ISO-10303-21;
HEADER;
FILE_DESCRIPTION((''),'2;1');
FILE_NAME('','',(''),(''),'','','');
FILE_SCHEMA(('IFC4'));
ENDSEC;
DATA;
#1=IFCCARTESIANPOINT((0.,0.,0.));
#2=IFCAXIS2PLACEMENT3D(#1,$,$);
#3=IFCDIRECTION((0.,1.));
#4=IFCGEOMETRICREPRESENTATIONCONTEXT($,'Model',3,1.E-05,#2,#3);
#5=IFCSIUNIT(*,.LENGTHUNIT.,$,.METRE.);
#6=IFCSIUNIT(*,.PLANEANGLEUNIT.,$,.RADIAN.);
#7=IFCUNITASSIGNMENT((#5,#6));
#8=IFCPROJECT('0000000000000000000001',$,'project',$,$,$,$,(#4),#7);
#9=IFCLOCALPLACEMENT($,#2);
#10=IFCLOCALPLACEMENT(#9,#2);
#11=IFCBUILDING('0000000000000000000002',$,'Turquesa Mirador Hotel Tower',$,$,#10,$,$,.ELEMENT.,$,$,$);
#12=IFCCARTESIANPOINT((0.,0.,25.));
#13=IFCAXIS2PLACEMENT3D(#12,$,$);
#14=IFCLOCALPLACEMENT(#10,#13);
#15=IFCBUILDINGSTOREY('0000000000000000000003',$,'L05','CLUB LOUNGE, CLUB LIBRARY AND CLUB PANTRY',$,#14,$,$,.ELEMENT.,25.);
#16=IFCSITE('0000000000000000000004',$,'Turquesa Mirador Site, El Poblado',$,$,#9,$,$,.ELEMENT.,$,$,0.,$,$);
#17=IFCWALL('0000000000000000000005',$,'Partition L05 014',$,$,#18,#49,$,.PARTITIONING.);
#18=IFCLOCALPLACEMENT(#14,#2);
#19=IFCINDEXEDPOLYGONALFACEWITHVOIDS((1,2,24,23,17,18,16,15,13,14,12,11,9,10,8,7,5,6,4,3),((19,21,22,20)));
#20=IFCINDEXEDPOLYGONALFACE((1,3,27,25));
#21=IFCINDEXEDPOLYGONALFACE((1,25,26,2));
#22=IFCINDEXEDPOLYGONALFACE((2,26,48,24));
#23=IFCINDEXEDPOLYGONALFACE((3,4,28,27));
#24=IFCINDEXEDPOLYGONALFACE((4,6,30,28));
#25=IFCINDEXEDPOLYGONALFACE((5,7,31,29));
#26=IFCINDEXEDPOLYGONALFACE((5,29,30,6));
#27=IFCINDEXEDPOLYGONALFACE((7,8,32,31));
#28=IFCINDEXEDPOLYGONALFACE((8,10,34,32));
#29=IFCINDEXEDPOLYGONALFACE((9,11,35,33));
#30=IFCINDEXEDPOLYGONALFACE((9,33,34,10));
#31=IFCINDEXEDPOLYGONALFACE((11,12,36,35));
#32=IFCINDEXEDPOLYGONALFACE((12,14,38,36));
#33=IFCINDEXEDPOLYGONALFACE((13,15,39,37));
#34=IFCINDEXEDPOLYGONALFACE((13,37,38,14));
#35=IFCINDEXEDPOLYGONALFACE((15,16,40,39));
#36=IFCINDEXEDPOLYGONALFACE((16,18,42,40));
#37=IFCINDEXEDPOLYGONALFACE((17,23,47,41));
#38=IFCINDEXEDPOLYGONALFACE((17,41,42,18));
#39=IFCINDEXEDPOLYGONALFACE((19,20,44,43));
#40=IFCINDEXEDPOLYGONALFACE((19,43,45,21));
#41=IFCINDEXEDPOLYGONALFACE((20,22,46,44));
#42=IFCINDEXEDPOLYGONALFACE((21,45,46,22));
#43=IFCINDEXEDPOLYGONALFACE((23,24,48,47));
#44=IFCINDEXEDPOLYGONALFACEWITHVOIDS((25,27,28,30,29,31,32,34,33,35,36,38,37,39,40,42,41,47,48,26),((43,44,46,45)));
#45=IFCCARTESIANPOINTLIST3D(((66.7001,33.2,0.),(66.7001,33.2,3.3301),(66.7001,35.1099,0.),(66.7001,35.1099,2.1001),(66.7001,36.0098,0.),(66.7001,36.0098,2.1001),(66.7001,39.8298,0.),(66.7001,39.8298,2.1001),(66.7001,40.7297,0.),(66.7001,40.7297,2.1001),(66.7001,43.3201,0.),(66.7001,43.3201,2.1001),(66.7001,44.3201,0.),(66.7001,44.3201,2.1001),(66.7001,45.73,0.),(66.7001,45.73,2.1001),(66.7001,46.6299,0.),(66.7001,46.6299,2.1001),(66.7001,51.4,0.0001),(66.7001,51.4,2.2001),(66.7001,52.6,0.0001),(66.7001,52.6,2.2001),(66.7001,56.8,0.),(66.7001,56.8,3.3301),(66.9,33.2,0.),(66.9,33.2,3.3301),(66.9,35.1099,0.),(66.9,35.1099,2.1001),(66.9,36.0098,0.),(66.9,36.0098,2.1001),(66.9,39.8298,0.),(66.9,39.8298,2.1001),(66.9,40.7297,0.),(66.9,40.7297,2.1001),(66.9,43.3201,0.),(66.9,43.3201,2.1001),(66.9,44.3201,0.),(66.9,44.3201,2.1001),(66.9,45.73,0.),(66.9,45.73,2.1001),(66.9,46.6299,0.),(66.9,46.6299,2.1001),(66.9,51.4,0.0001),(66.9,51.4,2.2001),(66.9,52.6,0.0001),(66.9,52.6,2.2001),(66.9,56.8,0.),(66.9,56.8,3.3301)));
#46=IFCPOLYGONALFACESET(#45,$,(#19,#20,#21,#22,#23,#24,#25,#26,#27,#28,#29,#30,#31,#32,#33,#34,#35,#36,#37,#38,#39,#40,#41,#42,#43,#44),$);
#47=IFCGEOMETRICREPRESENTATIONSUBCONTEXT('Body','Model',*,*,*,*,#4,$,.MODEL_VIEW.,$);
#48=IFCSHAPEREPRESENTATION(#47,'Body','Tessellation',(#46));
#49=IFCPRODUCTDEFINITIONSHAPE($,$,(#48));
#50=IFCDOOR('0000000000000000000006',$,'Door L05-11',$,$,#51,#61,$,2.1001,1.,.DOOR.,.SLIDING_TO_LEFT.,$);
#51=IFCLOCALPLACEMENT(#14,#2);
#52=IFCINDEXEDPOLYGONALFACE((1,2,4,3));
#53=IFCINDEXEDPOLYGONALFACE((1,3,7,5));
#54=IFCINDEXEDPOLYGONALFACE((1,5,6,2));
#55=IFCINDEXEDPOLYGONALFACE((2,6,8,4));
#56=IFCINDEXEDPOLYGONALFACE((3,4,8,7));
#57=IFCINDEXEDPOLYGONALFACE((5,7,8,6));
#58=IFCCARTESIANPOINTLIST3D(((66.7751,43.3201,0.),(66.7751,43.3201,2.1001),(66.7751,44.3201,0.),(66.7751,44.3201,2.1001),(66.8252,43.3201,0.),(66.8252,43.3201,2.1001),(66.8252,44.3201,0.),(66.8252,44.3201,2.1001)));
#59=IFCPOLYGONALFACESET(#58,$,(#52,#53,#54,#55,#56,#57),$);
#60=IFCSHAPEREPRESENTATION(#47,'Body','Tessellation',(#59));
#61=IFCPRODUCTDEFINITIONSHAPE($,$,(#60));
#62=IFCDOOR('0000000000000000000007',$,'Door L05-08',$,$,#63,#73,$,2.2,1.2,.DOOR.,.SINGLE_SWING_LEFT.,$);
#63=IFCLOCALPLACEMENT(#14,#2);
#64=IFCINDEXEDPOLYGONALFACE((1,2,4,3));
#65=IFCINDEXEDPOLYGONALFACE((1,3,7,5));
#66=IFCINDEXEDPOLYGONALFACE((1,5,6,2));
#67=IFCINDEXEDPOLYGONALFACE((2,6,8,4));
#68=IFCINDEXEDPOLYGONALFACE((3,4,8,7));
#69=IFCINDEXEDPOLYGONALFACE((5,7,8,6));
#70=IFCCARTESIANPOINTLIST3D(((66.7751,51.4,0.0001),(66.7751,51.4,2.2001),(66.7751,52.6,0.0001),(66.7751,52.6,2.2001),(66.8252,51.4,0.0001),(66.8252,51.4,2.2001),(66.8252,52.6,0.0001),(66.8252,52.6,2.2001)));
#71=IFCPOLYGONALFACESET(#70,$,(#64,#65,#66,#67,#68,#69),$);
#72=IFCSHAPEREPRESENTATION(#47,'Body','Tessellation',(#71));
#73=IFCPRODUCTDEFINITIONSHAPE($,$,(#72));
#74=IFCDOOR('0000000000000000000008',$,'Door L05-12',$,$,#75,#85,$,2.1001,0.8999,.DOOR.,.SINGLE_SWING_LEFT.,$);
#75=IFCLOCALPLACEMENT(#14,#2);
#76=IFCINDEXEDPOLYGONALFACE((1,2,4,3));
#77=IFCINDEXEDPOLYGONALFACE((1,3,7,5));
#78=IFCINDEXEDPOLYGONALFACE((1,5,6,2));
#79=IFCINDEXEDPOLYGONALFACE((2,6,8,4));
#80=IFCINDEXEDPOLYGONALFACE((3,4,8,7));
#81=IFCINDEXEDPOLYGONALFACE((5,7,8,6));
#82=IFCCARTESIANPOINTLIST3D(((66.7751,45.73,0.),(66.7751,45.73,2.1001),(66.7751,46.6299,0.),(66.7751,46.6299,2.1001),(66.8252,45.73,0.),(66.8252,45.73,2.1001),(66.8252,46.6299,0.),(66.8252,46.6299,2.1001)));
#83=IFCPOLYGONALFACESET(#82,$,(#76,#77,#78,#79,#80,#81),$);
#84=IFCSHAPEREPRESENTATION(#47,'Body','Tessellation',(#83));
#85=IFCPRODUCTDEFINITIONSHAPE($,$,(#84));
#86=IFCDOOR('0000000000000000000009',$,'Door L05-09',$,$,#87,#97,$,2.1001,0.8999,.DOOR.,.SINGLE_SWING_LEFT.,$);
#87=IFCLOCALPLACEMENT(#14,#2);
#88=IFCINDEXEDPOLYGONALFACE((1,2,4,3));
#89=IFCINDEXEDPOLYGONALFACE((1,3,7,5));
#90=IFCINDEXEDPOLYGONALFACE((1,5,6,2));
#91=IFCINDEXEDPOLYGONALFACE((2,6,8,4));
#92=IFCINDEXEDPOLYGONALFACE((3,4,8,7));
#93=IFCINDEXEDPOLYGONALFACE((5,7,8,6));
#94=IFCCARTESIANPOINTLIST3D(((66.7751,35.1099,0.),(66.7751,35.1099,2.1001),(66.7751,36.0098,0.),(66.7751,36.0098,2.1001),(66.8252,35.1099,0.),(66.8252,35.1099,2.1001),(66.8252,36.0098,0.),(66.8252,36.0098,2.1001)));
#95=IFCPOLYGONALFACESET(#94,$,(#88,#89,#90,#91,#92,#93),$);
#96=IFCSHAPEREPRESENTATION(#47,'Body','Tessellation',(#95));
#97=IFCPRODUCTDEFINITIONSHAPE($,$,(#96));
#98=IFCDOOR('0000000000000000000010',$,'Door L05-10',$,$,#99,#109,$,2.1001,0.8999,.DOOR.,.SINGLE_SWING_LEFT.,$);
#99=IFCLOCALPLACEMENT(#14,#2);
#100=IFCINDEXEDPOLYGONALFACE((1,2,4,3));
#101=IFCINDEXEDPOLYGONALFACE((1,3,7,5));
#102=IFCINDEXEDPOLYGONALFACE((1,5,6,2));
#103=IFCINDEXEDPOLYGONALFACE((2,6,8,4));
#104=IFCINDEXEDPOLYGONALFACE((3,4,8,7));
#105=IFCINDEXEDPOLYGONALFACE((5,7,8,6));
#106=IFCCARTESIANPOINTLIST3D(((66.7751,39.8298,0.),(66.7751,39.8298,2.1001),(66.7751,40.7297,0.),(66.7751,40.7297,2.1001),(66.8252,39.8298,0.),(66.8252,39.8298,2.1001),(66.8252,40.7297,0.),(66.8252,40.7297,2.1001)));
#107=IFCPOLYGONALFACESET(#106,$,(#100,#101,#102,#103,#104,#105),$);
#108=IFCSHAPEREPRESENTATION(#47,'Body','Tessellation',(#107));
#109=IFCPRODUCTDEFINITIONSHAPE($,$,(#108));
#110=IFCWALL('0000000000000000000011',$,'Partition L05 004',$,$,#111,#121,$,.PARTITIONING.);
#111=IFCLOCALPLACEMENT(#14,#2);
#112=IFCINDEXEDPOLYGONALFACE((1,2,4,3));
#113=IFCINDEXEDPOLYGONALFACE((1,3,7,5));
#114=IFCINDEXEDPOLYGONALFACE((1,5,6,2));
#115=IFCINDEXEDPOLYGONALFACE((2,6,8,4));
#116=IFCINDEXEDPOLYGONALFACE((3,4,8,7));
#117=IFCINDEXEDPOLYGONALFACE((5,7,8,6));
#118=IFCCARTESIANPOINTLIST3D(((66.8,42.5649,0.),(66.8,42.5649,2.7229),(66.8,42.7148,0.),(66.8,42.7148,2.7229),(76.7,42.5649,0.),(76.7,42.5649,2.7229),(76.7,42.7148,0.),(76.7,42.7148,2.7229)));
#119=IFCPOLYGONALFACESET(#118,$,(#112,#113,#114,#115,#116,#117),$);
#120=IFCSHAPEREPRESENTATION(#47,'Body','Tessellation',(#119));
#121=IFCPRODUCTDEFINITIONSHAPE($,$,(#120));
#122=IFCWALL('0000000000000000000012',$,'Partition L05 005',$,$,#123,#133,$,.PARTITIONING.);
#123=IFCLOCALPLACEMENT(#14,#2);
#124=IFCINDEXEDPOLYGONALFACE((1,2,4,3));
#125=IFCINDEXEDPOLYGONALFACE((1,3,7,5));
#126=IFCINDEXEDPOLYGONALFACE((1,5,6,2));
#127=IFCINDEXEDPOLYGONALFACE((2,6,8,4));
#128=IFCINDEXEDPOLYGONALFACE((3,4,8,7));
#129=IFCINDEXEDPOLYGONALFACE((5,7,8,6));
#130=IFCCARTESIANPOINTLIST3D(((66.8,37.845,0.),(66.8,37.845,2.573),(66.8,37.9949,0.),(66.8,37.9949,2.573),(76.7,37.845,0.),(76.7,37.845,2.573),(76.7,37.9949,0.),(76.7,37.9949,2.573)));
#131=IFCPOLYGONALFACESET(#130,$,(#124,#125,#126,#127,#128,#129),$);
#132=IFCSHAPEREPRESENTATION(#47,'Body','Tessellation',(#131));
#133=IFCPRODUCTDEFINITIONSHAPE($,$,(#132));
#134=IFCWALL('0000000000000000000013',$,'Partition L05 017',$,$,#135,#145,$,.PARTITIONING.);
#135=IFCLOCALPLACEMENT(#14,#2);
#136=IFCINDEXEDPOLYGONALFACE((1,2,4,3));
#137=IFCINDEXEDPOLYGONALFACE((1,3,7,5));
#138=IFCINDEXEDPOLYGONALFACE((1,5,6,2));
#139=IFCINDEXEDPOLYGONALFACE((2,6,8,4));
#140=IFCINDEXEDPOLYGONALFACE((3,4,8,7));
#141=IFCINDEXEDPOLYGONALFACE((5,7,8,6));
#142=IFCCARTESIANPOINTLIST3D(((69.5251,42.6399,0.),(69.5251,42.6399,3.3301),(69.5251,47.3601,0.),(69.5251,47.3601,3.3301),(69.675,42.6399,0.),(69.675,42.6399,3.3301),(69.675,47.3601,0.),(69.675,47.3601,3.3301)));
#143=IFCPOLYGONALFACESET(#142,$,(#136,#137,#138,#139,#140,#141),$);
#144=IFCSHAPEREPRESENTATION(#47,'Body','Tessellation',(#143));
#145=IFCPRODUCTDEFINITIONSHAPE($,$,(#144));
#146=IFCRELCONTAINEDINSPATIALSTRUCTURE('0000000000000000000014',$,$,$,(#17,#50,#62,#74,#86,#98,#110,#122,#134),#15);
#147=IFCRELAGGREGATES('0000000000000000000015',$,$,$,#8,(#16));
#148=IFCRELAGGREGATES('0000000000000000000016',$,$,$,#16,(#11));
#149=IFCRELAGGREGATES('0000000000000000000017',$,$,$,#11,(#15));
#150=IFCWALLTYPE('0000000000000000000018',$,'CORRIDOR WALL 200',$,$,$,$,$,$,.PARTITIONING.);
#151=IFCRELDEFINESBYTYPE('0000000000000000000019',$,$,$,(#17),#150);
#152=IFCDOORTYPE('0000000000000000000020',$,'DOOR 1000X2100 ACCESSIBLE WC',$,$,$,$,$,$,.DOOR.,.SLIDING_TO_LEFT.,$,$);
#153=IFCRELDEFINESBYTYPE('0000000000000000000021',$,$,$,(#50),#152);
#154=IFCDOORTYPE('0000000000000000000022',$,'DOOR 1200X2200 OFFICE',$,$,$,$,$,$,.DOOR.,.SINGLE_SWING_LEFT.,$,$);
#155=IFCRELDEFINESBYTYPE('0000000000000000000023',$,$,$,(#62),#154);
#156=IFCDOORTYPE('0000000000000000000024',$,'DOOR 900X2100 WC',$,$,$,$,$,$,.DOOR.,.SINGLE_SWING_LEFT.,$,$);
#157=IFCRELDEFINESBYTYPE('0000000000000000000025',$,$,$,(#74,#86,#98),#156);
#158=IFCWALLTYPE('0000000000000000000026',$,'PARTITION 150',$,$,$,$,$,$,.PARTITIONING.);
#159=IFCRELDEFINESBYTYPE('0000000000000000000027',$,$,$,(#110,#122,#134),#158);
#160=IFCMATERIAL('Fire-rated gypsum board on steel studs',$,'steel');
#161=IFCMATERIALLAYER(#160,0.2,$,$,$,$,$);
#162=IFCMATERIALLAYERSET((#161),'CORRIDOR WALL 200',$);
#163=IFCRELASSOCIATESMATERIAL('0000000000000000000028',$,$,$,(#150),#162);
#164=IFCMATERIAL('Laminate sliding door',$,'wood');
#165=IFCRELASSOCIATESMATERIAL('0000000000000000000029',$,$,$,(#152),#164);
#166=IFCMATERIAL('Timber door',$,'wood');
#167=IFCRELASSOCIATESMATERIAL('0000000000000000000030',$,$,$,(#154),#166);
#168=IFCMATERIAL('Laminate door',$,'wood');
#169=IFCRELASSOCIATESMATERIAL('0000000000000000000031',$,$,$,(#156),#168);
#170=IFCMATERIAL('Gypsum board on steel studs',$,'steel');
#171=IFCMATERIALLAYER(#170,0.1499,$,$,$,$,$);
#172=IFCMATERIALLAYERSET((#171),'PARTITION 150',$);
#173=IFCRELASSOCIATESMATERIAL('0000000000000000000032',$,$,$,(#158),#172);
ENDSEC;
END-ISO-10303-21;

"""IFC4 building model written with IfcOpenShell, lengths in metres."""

from ifc_helpers import new_model, si_unit, direction, frame, frame_2d, origin, place, context, subcontext, project, spatial, rectangle, extrude, material, layer, layer_set, type_object, element, fill, save


model = new_model("IFC4")

# Units and contexts
model_context = context("Model", 3, precision=1e-05, world=origin(), true_north=direction((0.0, 1.0)))
body_context = subcontext(model_context, "Body", "Model", "MODEL_VIEW")
ifc_project = project(units=[si_unit("LENGTHUNIT", "METRE"), si_unit("PLANEANGLEUNIT", "RADIAN")], contexts=[model_context])

# Site, building, storey
site_placement = place(None, origin())
site = spatial("IfcSite", under=ifc_project, at=site_placement, Name="Turquesa Mirador Site, El Poblado", CompositionType="ELEMENT", RefElevation=0.0)
building_placement = place(site_placement, origin())
building = spatial("IfcBuilding", under=site, at=building_placement, Name="Turquesa Mirador Hotel Tower", CompositionType="ELEMENT")
storey_placement = place(building_placement, frame((0.0, 0.0, 25.0)))
storey = spatial("IfcBuildingStorey", under=building, at=storey_placement, Name="L05", Description="CLUB LOUNGE, CLUB LIBRARY AND CLUB PANTRY", CompositionType="ELEMENT", Elevation=25.0)

# Wall, openings, doors
ifc_material_1 = material(Name="Fire-rated gypsum board on steel studs", Category="steel")
ifc_layer_1 = layer(ifc_material_1, 0.2)
ifc_layer_set_1 = layer_set([ifc_layer_1], Name="CORRIDOR WALL 200")
wall_type_1 = type_object("IfcWallType", Name="CORRIDOR WALL 200", PredefinedType="PARTITIONING", material=ifc_layer_set_1)
wall_1_placement = place(storey_placement, frame((66.8, 33.2, 0.0), z_axis=(0.0, 0.0, 1.0), x_axis=(0.0, 1.0, 0.0)))
wall_1 = element("IfcWall", 1, at=wall_1_placement, inside=storey, type_object=wall_type_1, Name="Partition L05 014", PredefinedType="PARTITIONING", context=body_context, shape_type="SweptSolid", body=[
    extrude(rectangle(XDim=23.6001, YDim=0.2, at=frame_2d((11.8, 0.0))), origin(), (0.0, 0.0, 1.0), 3.3301),
])
opening_1_placement = place(wall_1_placement, frame((18.2, 0.0, 0.0)))
opening_1 = element("IfcOpeningElement", 2, at=opening_1_placement, cuts=wall_1, PredefinedType="OPENING", context=body_context, shape_type="SweptSolid", body=[
    extrude(rectangle(XDim=1.2, YDim=2.2, at=frame_2d((0.6001, 1.1001))), frame((0.0, 0.1099, 0.0), z_axis=(0.0, -1.0, 0.0), x_axis=(1.0, 0.0, 0.0)), (0.0, 0.0, 1.0), 0.22),
])
opening_2_placement = place(wall_1_placement, frame((10.1201, 0.0, 0.0)))
opening_2 = element("IfcOpeningElement", 3, at=opening_2_placement, cuts=wall_1, PredefinedType="OPENING", context=body_context, shape_type="SweptSolid", body=[
    extrude(rectangle(XDim=1.0, YDim=2.1001, at=frame_2d((0.5, 1.05))), frame((0.0, 0.1099, 0.0), z_axis=(0.0, -1.0, 0.0), x_axis=(1.0, 0.0, 0.0)), (0.0, 0.0, 1.0), 0.22),
])
opening_3_placement = place(wall_1_placement, frame((12.53, 0.0, 0.0)))
opening_3 = element("IfcOpeningElement", 4, at=opening_3_placement, cuts=wall_1, PredefinedType="OPENING", context=body_context, shape_type="SweptSolid", body=[
    extrude(rectangle(XDim=0.8999, YDim=2.1001, at=frame_2d((0.45, 1.05))), frame((0.0, 0.1099, 0.0), z_axis=(0.0, -1.0, 0.0), x_axis=(1.0, 0.0, 0.0)), (0.0, 0.0, 1.0), 0.22),
])
opening_4_placement = place(wall_1_placement, frame((1.9099, 0.0, 0.0)))
opening_4 = element("IfcOpeningElement", 5, at=opening_4_placement, cuts=wall_1, PredefinedType="OPENING", context=body_context, shape_type="SweptSolid", body=[
    extrude(rectangle(XDim=0.8999, YDim=2.1001, at=frame_2d((0.45, 1.05))), frame((0.0, 0.1099, 0.0), z_axis=(0.0, -1.0, 0.0), x_axis=(1.0, 0.0, 0.0)), (0.0, 0.0, 1.0), 0.22),
])
opening_5_placement = place(wall_1_placement, frame((6.6299, 0.0, 0.0)))
opening_5 = element("IfcOpeningElement", 6, at=opening_5_placement, cuts=wall_1, PredefinedType="OPENING", context=body_context, shape_type="SweptSolid", body=[
    extrude(rectangle(XDim=0.8999, YDim=2.1001, at=frame_2d((0.45, 1.05))), frame((0.0, 0.1099, 0.0), z_axis=(0.0, -1.0, 0.0), x_axis=(1.0, 0.0, 0.0)), (0.0, 0.0, 1.0), 0.22),
])
ifc_material_2 = material(Name="Laminate sliding door", Category="wood")
door_type_1 = type_object("IfcDoorType", Name="DOOR 1000X2100 ACCESSIBLE WC", OperationType="SLIDING_TO_LEFT", PredefinedType="DOOR", material=ifc_material_2)
door_1_placement = place(opening_2_placement, origin())
door_1 = element("IfcDoor", 7, at=door_1_placement, inside=storey, type_object=door_type_1, Name="Door L05-11", OperationType="SLIDING_TO_LEFT", OverallHeight=2.1001, OverallWidth=1.0, PredefinedType="DOOR", context=body_context, shape_type="SweptSolid", body=[
    extrude(rectangle(XDim=1.0, YDim=2.1001, at=frame_2d((0.5, 1.05))), frame((0.0, 0.0249, 0.0), z_axis=(0.0, -1.0, 0.0), x_axis=(1.0, 0.0, 0.0)), (0.0, 0.0, 1.0), 0.05),
])
fill(opening_2, door_1)
ifc_material_3 = material(Name="Timber door", Category="wood")
door_type_2 = type_object("IfcDoorType", Name="DOOR 1200X2200 OFFICE", OperationType="SINGLE_SWING_LEFT", PredefinedType="DOOR", material=ifc_material_3)
door_2_placement = place(opening_1_placement, origin())
door_2 = element("IfcDoor", 8, at=door_2_placement, inside=storey, type_object=door_type_2, Name="Door L05-08", OperationType="SINGLE_SWING_LEFT", OverallHeight=2.2, OverallWidth=1.2, PredefinedType="DOOR", context=body_context, shape_type="SweptSolid", body=[
    extrude(rectangle(XDim=1.2, YDim=2.2, at=frame_2d((0.6001, 1.1001))), frame((0.0, 0.0249, 0.0), z_axis=(0.0, -1.0, 0.0), x_axis=(1.0, 0.0, 0.0)), (0.0, 0.0, 1.0), 0.05),
])
fill(opening_1, door_2)
ifc_material_4 = material(Name="Laminate door", Category="wood")
door_type_3 = type_object("IfcDoorType", Name="DOOR 900X2100 WC", OperationType="SINGLE_SWING_LEFT", PredefinedType="DOOR", material=ifc_material_4)
door_3_placement = place(opening_3_placement, origin())
door_3 = element("IfcDoor", 9, at=door_3_placement, inside=storey, type_object=door_type_3, Name="Door L05-12", OperationType="SINGLE_SWING_LEFT", OverallHeight=2.1001, OverallWidth=0.8999, PredefinedType="DOOR", context=body_context, shape_type="SweptSolid", body=[
    extrude(rectangle(XDim=0.8999, YDim=2.1001, at=frame_2d((0.45, 1.05))), frame((0.0, 0.0249, 0.0), z_axis=(0.0, -1.0, 0.0), x_axis=(1.0, 0.0, 0.0)), (0.0, 0.0, 1.0), 0.05),
])
fill(opening_3, door_3)
door_4_placement = place(opening_4_placement, origin())
door_4 = element("IfcDoor", 10, at=door_4_placement, inside=storey, type_object=door_type_3, Name="Door L05-09", OperationType="SINGLE_SWING_LEFT", OverallHeight=2.1001, OverallWidth=0.8999, PredefinedType="DOOR", context=body_context, shape_type="SweptSolid", body=[
    extrude(rectangle(XDim=0.8999, YDim=2.1001, at=frame_2d((0.45, 1.05))), frame((0.0, 0.0249, 0.0), z_axis=(0.0, -1.0, 0.0), x_axis=(1.0, 0.0, 0.0)), (0.0, 0.0, 1.0), 0.05),
])
fill(opening_4, door_4)
door_5_placement = place(opening_5_placement, origin())
door_5 = element("IfcDoor", 11, at=door_5_placement, inside=storey, type_object=door_type_3, Name="Door L05-10", OperationType="SINGLE_SWING_LEFT", OverallHeight=2.1001, OverallWidth=0.8999, PredefinedType="DOOR", context=body_context, shape_type="SweptSolid", body=[
    extrude(rectangle(XDim=0.8999, YDim=2.1001, at=frame_2d((0.45, 1.05))), frame((0.0, 0.0249, 0.0), z_axis=(0.0, -1.0, 0.0), x_axis=(1.0, 0.0, 0.0)), (0.0, 0.0, 1.0), 0.05),
])
fill(opening_5, door_5)

# Walls
ifc_material_5 = material(Name="Gypsum board on steel studs", Category="steel")
ifc_layer_2 = layer(ifc_material_5, 0.1499)
ifc_layer_set_2 = layer_set([ifc_layer_2], Name="PARTITION 150")
wall_type_2 = type_object("IfcWallType", Name="PARTITION 150", PredefinedType="PARTITIONING", material=ifc_layer_set_2)
wall_2_placement = place(storey_placement, frame((66.8, 42.6399, 0.0), z_axis=(0.0, 0.0, 1.0), x_axis=(1.0, 0.0, 0.0)))
element("IfcWall", 12, at=wall_2_placement, inside=storey, type_object=wall_type_2, Name="Partition L05 004", PredefinedType="PARTITIONING", context=body_context, shape_type="SweptSolid", body=[
    extrude(rectangle(XDim=9.8999, YDim=0.1499, at=frame_2d((4.95, 0.0))), origin(), (0.0, 0.0, 1.0), 2.7229),
])
wall_3_placement = place(storey_placement, frame((66.8, 37.9199, 0.0), z_axis=(0.0, 0.0, 1.0), x_axis=(1.0, 0.0, 0.0)))
element("IfcWall", 13, at=wall_3_placement, inside=storey, type_object=wall_type_2, Name="Partition L05 005", PredefinedType="PARTITIONING", context=body_context, shape_type="SweptSolid", body=[
    extrude(rectangle(XDim=9.8999, YDim=0.1499, at=frame_2d((4.95, 0.0))), origin(), (0.0, 0.0, 1.0), 2.573),
])
wall_4_placement = place(storey_placement, frame((69.6001, 42.6399, 0.0), z_axis=(0.0, 0.0, 1.0), x_axis=(0.0, 1.0, 0.0)))
element("IfcWall", 14, at=wall_4_placement, inside=storey, type_object=wall_type_2, Name="Partition L05 017", PredefinedType="PARTITIONING", context=body_context, shape_type="SweptSolid", body=[
    extrude(rectangle(XDim=4.7202, YDim=0.1499, at=frame_2d((2.3601, 0.0))), origin(), (0.0, 0.0, 1.0), 3.3301),
])

save(model, "model.ifc")
